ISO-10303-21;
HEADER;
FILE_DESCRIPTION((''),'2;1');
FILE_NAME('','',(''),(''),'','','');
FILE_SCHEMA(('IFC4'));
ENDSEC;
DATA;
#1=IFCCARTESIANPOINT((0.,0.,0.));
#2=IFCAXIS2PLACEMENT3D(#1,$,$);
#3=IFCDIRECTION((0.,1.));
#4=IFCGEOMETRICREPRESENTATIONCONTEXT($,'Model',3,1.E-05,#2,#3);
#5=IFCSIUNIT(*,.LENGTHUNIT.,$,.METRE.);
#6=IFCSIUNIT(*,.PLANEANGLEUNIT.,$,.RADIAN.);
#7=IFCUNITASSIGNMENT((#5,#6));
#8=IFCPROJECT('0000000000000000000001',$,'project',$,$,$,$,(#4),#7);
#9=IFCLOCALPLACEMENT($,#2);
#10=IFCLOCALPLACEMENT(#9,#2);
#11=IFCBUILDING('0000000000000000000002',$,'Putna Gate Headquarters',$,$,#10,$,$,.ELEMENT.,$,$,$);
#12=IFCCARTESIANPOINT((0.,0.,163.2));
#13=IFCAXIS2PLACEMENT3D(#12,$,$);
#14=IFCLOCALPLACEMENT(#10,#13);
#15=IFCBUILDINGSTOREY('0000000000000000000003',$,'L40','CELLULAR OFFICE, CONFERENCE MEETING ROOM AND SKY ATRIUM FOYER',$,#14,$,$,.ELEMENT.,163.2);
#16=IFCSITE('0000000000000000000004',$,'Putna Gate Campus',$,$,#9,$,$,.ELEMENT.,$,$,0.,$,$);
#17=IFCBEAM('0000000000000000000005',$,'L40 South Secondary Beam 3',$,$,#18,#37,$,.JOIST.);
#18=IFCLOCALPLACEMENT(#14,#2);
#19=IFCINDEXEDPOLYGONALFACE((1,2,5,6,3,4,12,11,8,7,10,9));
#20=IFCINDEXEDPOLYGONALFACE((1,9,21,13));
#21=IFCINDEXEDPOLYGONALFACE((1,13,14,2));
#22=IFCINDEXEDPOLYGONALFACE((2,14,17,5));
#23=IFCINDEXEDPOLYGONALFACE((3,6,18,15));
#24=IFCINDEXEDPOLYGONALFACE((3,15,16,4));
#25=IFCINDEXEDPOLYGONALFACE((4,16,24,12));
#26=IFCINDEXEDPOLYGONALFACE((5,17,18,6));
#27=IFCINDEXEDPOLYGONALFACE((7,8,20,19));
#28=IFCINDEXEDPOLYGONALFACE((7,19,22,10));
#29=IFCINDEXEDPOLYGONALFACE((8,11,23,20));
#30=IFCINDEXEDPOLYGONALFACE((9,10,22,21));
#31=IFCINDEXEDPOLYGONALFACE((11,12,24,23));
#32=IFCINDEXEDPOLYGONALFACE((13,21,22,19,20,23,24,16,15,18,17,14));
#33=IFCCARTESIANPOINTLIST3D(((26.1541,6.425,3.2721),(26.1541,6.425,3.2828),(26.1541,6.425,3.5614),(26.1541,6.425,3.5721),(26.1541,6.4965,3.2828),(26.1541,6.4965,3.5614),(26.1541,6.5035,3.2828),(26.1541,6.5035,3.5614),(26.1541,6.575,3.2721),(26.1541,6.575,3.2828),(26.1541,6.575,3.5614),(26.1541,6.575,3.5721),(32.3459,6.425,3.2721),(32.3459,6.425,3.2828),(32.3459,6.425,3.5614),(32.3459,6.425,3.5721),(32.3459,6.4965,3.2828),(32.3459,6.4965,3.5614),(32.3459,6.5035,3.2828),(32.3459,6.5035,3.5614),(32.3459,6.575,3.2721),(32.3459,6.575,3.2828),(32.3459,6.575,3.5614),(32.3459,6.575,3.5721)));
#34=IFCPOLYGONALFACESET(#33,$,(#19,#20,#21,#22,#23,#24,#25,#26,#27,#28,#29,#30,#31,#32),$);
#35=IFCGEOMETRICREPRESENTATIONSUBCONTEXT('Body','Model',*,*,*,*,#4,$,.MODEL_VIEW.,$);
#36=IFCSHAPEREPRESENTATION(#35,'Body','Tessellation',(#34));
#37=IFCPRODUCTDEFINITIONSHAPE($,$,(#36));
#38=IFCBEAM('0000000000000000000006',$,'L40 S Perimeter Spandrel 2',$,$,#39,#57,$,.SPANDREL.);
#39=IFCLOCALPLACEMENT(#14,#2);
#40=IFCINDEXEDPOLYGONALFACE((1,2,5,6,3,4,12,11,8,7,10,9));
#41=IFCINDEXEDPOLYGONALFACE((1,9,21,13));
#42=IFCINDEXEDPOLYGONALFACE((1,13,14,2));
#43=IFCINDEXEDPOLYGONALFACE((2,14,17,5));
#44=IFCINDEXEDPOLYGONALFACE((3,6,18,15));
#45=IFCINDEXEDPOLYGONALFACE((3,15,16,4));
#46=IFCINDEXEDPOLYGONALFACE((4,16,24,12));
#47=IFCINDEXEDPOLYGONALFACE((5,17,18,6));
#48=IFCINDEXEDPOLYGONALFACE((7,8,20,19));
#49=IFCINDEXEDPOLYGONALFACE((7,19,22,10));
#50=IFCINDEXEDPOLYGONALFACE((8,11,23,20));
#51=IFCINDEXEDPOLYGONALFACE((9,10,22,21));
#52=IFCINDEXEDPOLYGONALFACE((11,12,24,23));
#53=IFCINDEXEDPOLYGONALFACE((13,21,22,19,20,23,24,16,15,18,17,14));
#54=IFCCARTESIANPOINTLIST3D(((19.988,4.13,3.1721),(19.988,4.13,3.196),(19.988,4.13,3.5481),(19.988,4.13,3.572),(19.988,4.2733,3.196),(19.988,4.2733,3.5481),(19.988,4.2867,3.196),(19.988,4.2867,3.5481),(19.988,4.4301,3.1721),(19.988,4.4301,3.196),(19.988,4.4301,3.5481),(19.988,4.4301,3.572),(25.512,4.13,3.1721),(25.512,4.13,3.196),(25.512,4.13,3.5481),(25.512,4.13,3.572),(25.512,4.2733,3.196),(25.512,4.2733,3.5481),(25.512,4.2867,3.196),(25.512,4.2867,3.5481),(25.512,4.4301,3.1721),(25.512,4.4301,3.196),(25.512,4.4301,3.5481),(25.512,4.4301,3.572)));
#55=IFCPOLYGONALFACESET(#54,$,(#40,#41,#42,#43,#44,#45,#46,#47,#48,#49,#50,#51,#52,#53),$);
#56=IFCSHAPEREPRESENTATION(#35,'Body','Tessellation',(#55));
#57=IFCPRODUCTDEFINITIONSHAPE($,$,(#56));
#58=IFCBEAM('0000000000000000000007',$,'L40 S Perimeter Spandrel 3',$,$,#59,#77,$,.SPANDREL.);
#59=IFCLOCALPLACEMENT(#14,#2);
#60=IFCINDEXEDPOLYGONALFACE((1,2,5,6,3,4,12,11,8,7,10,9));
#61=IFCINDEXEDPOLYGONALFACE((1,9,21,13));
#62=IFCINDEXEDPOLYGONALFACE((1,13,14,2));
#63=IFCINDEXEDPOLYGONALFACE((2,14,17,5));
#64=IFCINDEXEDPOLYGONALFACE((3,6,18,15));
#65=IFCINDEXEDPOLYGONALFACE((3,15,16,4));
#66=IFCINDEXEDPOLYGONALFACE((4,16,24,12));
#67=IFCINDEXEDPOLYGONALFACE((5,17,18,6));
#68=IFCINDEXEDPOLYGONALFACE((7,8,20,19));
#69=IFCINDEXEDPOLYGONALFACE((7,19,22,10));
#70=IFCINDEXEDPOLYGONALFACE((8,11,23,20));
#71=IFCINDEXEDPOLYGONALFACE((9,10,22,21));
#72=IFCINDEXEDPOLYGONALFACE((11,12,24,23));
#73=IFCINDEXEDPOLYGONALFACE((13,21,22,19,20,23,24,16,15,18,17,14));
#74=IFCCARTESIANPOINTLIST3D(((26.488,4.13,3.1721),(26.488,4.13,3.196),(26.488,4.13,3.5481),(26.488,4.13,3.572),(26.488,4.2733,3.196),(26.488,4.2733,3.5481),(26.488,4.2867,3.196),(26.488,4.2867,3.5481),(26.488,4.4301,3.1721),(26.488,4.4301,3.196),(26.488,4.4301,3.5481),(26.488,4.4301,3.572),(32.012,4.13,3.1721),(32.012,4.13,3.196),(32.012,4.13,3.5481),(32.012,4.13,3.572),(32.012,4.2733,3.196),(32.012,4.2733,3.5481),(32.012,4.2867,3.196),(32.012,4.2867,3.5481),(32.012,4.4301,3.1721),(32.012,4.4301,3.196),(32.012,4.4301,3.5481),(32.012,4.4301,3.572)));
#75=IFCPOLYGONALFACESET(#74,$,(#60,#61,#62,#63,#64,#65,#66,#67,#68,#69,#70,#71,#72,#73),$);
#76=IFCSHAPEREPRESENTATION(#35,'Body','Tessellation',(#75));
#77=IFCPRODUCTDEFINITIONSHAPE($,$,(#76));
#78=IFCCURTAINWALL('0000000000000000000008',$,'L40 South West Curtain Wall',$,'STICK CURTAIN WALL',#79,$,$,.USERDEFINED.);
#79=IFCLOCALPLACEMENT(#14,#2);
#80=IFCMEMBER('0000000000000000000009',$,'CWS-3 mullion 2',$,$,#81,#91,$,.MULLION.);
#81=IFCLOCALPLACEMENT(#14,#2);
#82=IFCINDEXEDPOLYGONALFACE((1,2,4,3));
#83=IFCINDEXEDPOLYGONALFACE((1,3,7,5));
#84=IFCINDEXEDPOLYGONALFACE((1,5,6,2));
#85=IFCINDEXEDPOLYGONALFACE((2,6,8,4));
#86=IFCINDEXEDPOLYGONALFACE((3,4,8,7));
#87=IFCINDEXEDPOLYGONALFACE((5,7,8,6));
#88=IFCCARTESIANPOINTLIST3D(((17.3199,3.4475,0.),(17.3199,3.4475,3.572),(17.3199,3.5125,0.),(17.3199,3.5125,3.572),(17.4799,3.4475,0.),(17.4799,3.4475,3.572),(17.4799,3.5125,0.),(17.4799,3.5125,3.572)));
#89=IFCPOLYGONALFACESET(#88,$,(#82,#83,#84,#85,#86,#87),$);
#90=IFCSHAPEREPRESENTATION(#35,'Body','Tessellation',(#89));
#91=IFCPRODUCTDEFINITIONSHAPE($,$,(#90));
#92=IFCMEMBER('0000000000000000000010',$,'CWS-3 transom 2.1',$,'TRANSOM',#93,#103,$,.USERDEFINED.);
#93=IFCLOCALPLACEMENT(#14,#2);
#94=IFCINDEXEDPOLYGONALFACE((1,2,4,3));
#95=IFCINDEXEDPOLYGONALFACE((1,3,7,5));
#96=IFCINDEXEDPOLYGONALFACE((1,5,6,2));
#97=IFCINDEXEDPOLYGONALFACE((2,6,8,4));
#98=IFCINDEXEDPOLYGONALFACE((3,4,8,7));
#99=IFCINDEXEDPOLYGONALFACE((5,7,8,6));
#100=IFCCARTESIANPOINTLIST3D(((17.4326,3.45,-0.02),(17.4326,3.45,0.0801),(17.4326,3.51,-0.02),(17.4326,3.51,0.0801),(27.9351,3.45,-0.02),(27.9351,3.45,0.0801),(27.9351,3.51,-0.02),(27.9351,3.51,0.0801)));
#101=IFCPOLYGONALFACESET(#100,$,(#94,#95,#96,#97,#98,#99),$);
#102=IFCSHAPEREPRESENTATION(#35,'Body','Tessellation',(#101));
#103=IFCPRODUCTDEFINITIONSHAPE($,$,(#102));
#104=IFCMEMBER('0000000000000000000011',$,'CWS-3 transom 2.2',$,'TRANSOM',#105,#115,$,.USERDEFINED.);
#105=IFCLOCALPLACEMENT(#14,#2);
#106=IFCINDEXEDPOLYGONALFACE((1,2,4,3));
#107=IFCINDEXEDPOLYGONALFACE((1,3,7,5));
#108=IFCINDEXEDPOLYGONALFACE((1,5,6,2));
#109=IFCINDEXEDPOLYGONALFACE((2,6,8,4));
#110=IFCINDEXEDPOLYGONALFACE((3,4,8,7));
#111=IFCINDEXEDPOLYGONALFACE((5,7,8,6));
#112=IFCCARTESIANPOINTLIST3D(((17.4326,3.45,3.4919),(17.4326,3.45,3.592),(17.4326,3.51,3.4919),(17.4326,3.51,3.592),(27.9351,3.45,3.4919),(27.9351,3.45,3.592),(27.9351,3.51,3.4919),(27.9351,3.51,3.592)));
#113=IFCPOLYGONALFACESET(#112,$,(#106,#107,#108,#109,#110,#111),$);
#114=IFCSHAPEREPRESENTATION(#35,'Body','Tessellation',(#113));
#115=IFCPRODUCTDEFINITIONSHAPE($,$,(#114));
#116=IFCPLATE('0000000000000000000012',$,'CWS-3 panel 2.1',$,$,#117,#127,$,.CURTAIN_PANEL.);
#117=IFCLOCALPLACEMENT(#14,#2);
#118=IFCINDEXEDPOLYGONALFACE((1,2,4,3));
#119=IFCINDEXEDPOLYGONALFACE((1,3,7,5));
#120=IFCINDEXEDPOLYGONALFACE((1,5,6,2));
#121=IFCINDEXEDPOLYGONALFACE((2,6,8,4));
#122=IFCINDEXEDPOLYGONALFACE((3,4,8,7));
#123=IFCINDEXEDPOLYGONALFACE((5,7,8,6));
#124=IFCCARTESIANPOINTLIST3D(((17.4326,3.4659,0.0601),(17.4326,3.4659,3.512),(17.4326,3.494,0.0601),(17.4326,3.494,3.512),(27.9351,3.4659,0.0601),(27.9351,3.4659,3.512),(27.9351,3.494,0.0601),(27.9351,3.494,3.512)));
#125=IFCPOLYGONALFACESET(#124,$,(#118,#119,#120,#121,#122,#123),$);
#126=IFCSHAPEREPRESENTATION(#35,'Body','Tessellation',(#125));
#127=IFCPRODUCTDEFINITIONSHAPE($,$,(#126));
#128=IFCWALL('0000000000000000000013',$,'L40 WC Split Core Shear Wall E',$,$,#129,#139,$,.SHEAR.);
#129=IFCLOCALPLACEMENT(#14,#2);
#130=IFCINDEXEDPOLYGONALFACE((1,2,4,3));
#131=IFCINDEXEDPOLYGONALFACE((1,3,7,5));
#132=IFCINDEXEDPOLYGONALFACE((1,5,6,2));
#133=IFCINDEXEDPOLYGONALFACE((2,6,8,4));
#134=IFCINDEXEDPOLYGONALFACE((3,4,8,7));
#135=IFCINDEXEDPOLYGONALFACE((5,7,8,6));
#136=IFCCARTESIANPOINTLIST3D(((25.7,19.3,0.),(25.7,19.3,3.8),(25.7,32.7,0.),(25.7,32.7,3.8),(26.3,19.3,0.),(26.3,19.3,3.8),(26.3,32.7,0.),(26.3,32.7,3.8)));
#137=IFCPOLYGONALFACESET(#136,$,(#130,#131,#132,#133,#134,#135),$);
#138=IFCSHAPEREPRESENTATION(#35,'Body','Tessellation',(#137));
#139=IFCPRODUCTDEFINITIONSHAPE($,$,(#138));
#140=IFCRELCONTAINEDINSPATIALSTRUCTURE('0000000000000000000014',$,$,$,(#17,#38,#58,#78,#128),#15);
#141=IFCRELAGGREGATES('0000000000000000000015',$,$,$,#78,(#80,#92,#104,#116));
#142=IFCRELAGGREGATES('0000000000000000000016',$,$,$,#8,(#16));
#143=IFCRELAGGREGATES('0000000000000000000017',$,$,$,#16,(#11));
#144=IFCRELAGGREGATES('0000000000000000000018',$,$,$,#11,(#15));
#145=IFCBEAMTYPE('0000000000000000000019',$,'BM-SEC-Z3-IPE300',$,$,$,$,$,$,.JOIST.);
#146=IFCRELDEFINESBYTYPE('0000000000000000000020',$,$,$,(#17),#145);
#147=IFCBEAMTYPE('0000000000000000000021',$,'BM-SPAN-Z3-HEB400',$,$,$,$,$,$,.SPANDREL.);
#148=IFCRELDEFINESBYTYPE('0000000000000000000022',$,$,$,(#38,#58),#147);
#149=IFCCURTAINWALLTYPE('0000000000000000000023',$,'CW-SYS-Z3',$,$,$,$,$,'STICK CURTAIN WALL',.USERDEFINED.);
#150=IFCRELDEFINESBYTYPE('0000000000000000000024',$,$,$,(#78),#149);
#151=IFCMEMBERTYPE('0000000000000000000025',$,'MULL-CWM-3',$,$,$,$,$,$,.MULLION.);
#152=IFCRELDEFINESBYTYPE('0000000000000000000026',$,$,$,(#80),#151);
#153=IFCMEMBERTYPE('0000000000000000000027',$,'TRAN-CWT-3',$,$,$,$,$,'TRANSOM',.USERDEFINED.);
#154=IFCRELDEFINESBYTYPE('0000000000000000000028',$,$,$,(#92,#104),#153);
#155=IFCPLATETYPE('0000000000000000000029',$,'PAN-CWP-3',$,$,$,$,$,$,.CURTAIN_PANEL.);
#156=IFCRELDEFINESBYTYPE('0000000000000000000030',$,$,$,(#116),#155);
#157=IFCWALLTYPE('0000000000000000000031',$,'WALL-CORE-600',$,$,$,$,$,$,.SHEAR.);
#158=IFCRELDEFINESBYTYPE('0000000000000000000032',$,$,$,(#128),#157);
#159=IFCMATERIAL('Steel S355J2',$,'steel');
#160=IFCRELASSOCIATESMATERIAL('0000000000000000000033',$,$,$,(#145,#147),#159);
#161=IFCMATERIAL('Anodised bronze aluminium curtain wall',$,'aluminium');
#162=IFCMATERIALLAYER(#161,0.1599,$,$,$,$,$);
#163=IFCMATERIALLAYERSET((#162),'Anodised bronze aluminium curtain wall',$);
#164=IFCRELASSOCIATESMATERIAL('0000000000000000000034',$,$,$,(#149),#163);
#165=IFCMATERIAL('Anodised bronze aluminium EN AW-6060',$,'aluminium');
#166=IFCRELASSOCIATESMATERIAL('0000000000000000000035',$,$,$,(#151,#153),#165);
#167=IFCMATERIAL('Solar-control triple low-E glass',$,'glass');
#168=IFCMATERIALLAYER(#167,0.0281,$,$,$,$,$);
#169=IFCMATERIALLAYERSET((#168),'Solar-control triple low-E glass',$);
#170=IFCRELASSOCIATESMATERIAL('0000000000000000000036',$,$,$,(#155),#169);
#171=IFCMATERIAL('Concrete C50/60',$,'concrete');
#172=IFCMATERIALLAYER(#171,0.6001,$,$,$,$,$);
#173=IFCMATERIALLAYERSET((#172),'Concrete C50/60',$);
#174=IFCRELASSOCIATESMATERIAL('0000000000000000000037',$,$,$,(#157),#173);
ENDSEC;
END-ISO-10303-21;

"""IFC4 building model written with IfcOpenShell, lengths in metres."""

from ifc_helpers import new_model, si_unit, direction, frame, frame_2d, origin, origin_2d, place, context, subcontext, project, spatial, rectangle, i_section, extrude, material, layer, layer_set, material_profile, profile_set, type_object, element, aggregate, save


model = new_model("IFC4")

# Units and contexts
model_context = context("Model", 3, precision=1e-05, world=origin(), true_north=direction((0.0, 1.0)))
body_context = subcontext(model_context, "Body", "Model", "MODEL_VIEW")
ifc_project = project(units=[si_unit("LENGTHUNIT", "METRE"), si_unit("PLANEANGLEUNIT", "RADIAN")], contexts=[model_context])

# Site, building, storey
site_placement = place(None, origin())
site = spatial("IfcSite", under=ifc_project, at=site_placement, Name="Putna Gate Campus", CompositionType="ELEMENT", RefElevation=0.0)
building_placement = place(site_placement, origin())
building = spatial("IfcBuilding", under=site, at=building_placement, Name="Putna Gate Headquarters", CompositionType="ELEMENT")
storey_placement = place(building_placement, frame((0.0, 0.0, 163.2)))
storey = spatial("IfcBuildingStorey", under=building, at=storey_placement, Name="L40", Description="CELLULAR OFFICE, CONFERENCE MEETING ROOM AND SKY ATRIUM FOYER", CompositionType="ELEMENT", Elevation=163.2)

# Shared definitions
ifc_material_1 = material(Name="Concrete C50/60", Category="concrete")

# Beams
ifc_material_2 = material(Name="Steel S355J2", Category="steel")
ifc_material_profile_1 = material_profile(ifc_material_2, i_section(OverallWidth=0.1499, OverallDepth=0.3, WebThickness=0.0071, FlangeThickness=0.0107, at=origin_2d()), Name="Steel S355J2")
ifc_profile_set_1 = profile_set([ifc_material_profile_1], Name="Steel S355J2")
beam_type_1 = type_object("IfcBeamType", Name="BM-SEC-Z3-IPE300", PredefinedType="JOIST", material=ifc_profile_set_1)
beam_1_placement = place(storey_placement, frame((26.1541, 6.5, 3.4221), z_axis=(1.0, 0.0, 0.0), x_axis=(0.0, 1.0, 0.0)))
element("IfcBeam", 1, at=beam_1_placement, inside=storey, type_object=beam_type_1, Name="L40 South Secondary Beam 3", PredefinedType="JOIST", context=body_context, shape_type="SweptSolid", body=[
    extrude(i_section(OverallWidth=0.1499, OverallDepth=0.3, WebThickness=0.0071, FlangeThickness=0.0107, at=origin_2d()), origin(), (0.0, 0.0, 1.0), 6.1919),
])
ifc_material_profile_2 = material_profile(ifc_material_2, i_section(OverallWidth=0.3, OverallDepth=0.3999, WebThickness=0.0134, FlangeThickness=0.0239, at=origin_2d()), Name="Steel S355J2")
ifc_profile_set_2 = profile_set([ifc_material_profile_2], Name="Steel S355J2")
beam_type_2 = type_object("IfcBeamType", Name="BM-SPAN-Z3-HEB400", PredefinedType="SPANDREL", material=ifc_profile_set_2)
for number, where, z_axis, x_axis, name in (
    (2, (19.988, 4.28, 3.3721), (1.0, 0.0, 0.0), (0.0, 1.0, 0.0), "L40 S Perimeter Spandrel 2"),
    (3, (26.488, 4.28, 3.3721), (1.0, 0.0, 0.0), (0.0, 1.0, 0.0), "L40 S Perimeter Spandrel 3"),
):
    element("IfcBeam", number, at=place(storey_placement, frame(where, z_axis=z_axis, x_axis=x_axis)), inside=storey, type_object=beam_type_2, Name=name, PredefinedType="SPANDREL", context=body_context, shape_type="SweptSolid", body=[
        extrude(i_section(OverallWidth=0.3, OverallDepth=0.3999, WebThickness=0.0134, FlangeThickness=0.0239, at=origin_2d()), origin(), (0.0, 0.0, 1.0), 5.5239),
    ])

# Curtain wall, members, plate
ifc_material_3 = material(Name="Anodised bronze aluminium curtain wall", Category="aluminium")
ifc_layer_1 = layer(ifc_material_3, 0.1599)
ifc_layer_set_1 = layer_set([ifc_layer_1], Name="Anodised bronze aluminium curtain wall")
curtain_wall_type = type_object("IfcCurtainWallType", Name="CW-SYS-Z3", ElementType="STICK CURTAIN WALL", PredefinedType="USERDEFINED", material=ifc_layer_set_1)
curtain_wall_placement = place(storey_placement, origin())
curtain_wall = element("IfcCurtainWall", 4, at=curtain_wall_placement, inside=storey, type_object=curtain_wall_type, Name="L40 South West Curtain Wall", ObjectType="STICK CURTAIN WALL", PredefinedType="USERDEFINED")
ifc_material_4 = material(Name="Anodised bronze aluminium EN AW-6060", Category="aluminium")
ifc_material_profile_3 = material_profile(ifc_material_4, rectangle(XDim=0.0649, YDim=0.1599, at=origin_2d()), Name="Anodised bronze aluminium EN AW-6060")
ifc_profile_set_3 = profile_set([ifc_material_profile_3], Name="Anodised bronze aluminium EN AW-6060")
member_type_1 = type_object("IfcMemberType", Name="MULL-CWM-3", PredefinedType="MULLION", material=ifc_profile_set_3)
member_1_placement = place(storey_placement, frame((17.3999, 3.48, 0.0), z_axis=(0.0, 0.0, 1.0), x_axis=(0.0, 1.0, 0.0)))
member_1 = element("IfcMember", 5, at=member_1_placement, type_object=member_type_1, Name="CWS-3 mullion 2", PredefinedType="MULLION", context=body_context, shape_type="SweptSolid", body=[
    extrude(rectangle(XDim=0.0649, YDim=0.1599, at=origin_2d()), origin(), (0.0, 0.0, 1.0), 3.572),
])
ifc_material_profile_4 = material_profile(ifc_material_4, rectangle(XDim=0.0601, YDim=0.1001, at=origin_2d()), Name="Anodised bronze aluminium EN AW-6060")
ifc_profile_set_4 = profile_set([ifc_material_profile_4], Name="Anodised bronze aluminium EN AW-6060")
member_type_2 = type_object("IfcMemberType", Name="TRAN-CWT-3", ElementType="TRANSOM", PredefinedType="USERDEFINED", material=ifc_profile_set_4)
member_2_placement = place(storey_placement, frame((17.4326, 3.48, 0.03), z_axis=(1.0, 0.0, 0.0), x_axis=(0.0, 1.0, 0.0)))
member_2 = element("IfcMember", 6, at=member_2_placement, type_object=member_type_2, Name="CWS-3 transom 2.1", ObjectType="TRANSOM", PredefinedType="USERDEFINED", context=body_context, shape_type="SweptSolid", body=[
    extrude(rectangle(XDim=0.0601, YDim=0.1001, at=origin_2d()), origin(), (0.0, 0.0, 1.0), 10.5024),
])
member_3_placement = place(storey_placement, frame((17.4326, 3.48, 3.542), z_axis=(1.0, 0.0, 0.0), x_axis=(0.0, 1.0, 0.0)))
member_3 = element("IfcMember", 7, at=member_3_placement, type_object=member_type_2, Name="CWS-3 transom 2.2", ObjectType="TRANSOM", PredefinedType="USERDEFINED", context=body_context, shape_type="SweptSolid", body=[
    extrude(rectangle(XDim=0.0601, YDim=0.1001, at=origin_2d()), origin(), (0.0, 0.0, 1.0), 10.5024),
])
ifc_material_5 = material(Name="Solar-control triple low-E glass", Category="glass")
ifc_layer_2 = layer(ifc_material_5, 0.0281)
ifc_layer_set_2 = layer_set([ifc_layer_2], Name="Solar-control triple low-E glass")
plate_type = type_object("IfcPlateType", Name="PAN-CWP-3", PredefinedType="CURTAIN_PANEL", material=ifc_layer_set_2)
plate_placement = place(storey_placement, frame((22.6838, 3.48, 0.0601), z_axis=(0.0, 0.0, 1.0), x_axis=(1.0, 0.0, 0.0)))
plate = element("IfcPlate", 8, at=plate_placement, type_object=plate_type, Name="CWS-3 panel 2.1", PredefinedType="CURTAIN_PANEL", context=body_context, shape_type="SweptSolid", body=[
    extrude(rectangle(XDim=10.5024, YDim=0.0281, at=origin_2d()), origin(), (0.0, 0.0, 1.0), 3.4519),
])
aggregate(curtain_wall, [member_1, member_2, member_3, plate])

# Wall
ifc_layer_3 = layer(ifc_material_1, 0.6001)
ifc_layer_set_3 = layer_set([ifc_layer_3], Name="Concrete C50/60")
wall_type_1 = type_object("IfcWallType", Name="WALL-CORE-600", PredefinedType="SHEAR", material=ifc_layer_set_3)
wall_1_placement = place(storey_placement, frame((26.0, 19.3, 0.0), z_axis=(0.0, 0.0, 1.0), x_axis=(0.0, 1.0, 0.0)))
element("IfcWall", 9, at=wall_1_placement, inside=storey, type_object=wall_type_1, Name="L40 WC Split Core Shear Wall E", PredefinedType="SHEAR", context=body_context, shape_type="SweptSolid", body=[
    extrude(rectangle(XDim=13.3999, YDim=0.6001, at=frame_2d((6.7, 0.0))), origin(), (0.0, 0.0, 1.0), 3.8),
])

save(model, "model.ifc")
